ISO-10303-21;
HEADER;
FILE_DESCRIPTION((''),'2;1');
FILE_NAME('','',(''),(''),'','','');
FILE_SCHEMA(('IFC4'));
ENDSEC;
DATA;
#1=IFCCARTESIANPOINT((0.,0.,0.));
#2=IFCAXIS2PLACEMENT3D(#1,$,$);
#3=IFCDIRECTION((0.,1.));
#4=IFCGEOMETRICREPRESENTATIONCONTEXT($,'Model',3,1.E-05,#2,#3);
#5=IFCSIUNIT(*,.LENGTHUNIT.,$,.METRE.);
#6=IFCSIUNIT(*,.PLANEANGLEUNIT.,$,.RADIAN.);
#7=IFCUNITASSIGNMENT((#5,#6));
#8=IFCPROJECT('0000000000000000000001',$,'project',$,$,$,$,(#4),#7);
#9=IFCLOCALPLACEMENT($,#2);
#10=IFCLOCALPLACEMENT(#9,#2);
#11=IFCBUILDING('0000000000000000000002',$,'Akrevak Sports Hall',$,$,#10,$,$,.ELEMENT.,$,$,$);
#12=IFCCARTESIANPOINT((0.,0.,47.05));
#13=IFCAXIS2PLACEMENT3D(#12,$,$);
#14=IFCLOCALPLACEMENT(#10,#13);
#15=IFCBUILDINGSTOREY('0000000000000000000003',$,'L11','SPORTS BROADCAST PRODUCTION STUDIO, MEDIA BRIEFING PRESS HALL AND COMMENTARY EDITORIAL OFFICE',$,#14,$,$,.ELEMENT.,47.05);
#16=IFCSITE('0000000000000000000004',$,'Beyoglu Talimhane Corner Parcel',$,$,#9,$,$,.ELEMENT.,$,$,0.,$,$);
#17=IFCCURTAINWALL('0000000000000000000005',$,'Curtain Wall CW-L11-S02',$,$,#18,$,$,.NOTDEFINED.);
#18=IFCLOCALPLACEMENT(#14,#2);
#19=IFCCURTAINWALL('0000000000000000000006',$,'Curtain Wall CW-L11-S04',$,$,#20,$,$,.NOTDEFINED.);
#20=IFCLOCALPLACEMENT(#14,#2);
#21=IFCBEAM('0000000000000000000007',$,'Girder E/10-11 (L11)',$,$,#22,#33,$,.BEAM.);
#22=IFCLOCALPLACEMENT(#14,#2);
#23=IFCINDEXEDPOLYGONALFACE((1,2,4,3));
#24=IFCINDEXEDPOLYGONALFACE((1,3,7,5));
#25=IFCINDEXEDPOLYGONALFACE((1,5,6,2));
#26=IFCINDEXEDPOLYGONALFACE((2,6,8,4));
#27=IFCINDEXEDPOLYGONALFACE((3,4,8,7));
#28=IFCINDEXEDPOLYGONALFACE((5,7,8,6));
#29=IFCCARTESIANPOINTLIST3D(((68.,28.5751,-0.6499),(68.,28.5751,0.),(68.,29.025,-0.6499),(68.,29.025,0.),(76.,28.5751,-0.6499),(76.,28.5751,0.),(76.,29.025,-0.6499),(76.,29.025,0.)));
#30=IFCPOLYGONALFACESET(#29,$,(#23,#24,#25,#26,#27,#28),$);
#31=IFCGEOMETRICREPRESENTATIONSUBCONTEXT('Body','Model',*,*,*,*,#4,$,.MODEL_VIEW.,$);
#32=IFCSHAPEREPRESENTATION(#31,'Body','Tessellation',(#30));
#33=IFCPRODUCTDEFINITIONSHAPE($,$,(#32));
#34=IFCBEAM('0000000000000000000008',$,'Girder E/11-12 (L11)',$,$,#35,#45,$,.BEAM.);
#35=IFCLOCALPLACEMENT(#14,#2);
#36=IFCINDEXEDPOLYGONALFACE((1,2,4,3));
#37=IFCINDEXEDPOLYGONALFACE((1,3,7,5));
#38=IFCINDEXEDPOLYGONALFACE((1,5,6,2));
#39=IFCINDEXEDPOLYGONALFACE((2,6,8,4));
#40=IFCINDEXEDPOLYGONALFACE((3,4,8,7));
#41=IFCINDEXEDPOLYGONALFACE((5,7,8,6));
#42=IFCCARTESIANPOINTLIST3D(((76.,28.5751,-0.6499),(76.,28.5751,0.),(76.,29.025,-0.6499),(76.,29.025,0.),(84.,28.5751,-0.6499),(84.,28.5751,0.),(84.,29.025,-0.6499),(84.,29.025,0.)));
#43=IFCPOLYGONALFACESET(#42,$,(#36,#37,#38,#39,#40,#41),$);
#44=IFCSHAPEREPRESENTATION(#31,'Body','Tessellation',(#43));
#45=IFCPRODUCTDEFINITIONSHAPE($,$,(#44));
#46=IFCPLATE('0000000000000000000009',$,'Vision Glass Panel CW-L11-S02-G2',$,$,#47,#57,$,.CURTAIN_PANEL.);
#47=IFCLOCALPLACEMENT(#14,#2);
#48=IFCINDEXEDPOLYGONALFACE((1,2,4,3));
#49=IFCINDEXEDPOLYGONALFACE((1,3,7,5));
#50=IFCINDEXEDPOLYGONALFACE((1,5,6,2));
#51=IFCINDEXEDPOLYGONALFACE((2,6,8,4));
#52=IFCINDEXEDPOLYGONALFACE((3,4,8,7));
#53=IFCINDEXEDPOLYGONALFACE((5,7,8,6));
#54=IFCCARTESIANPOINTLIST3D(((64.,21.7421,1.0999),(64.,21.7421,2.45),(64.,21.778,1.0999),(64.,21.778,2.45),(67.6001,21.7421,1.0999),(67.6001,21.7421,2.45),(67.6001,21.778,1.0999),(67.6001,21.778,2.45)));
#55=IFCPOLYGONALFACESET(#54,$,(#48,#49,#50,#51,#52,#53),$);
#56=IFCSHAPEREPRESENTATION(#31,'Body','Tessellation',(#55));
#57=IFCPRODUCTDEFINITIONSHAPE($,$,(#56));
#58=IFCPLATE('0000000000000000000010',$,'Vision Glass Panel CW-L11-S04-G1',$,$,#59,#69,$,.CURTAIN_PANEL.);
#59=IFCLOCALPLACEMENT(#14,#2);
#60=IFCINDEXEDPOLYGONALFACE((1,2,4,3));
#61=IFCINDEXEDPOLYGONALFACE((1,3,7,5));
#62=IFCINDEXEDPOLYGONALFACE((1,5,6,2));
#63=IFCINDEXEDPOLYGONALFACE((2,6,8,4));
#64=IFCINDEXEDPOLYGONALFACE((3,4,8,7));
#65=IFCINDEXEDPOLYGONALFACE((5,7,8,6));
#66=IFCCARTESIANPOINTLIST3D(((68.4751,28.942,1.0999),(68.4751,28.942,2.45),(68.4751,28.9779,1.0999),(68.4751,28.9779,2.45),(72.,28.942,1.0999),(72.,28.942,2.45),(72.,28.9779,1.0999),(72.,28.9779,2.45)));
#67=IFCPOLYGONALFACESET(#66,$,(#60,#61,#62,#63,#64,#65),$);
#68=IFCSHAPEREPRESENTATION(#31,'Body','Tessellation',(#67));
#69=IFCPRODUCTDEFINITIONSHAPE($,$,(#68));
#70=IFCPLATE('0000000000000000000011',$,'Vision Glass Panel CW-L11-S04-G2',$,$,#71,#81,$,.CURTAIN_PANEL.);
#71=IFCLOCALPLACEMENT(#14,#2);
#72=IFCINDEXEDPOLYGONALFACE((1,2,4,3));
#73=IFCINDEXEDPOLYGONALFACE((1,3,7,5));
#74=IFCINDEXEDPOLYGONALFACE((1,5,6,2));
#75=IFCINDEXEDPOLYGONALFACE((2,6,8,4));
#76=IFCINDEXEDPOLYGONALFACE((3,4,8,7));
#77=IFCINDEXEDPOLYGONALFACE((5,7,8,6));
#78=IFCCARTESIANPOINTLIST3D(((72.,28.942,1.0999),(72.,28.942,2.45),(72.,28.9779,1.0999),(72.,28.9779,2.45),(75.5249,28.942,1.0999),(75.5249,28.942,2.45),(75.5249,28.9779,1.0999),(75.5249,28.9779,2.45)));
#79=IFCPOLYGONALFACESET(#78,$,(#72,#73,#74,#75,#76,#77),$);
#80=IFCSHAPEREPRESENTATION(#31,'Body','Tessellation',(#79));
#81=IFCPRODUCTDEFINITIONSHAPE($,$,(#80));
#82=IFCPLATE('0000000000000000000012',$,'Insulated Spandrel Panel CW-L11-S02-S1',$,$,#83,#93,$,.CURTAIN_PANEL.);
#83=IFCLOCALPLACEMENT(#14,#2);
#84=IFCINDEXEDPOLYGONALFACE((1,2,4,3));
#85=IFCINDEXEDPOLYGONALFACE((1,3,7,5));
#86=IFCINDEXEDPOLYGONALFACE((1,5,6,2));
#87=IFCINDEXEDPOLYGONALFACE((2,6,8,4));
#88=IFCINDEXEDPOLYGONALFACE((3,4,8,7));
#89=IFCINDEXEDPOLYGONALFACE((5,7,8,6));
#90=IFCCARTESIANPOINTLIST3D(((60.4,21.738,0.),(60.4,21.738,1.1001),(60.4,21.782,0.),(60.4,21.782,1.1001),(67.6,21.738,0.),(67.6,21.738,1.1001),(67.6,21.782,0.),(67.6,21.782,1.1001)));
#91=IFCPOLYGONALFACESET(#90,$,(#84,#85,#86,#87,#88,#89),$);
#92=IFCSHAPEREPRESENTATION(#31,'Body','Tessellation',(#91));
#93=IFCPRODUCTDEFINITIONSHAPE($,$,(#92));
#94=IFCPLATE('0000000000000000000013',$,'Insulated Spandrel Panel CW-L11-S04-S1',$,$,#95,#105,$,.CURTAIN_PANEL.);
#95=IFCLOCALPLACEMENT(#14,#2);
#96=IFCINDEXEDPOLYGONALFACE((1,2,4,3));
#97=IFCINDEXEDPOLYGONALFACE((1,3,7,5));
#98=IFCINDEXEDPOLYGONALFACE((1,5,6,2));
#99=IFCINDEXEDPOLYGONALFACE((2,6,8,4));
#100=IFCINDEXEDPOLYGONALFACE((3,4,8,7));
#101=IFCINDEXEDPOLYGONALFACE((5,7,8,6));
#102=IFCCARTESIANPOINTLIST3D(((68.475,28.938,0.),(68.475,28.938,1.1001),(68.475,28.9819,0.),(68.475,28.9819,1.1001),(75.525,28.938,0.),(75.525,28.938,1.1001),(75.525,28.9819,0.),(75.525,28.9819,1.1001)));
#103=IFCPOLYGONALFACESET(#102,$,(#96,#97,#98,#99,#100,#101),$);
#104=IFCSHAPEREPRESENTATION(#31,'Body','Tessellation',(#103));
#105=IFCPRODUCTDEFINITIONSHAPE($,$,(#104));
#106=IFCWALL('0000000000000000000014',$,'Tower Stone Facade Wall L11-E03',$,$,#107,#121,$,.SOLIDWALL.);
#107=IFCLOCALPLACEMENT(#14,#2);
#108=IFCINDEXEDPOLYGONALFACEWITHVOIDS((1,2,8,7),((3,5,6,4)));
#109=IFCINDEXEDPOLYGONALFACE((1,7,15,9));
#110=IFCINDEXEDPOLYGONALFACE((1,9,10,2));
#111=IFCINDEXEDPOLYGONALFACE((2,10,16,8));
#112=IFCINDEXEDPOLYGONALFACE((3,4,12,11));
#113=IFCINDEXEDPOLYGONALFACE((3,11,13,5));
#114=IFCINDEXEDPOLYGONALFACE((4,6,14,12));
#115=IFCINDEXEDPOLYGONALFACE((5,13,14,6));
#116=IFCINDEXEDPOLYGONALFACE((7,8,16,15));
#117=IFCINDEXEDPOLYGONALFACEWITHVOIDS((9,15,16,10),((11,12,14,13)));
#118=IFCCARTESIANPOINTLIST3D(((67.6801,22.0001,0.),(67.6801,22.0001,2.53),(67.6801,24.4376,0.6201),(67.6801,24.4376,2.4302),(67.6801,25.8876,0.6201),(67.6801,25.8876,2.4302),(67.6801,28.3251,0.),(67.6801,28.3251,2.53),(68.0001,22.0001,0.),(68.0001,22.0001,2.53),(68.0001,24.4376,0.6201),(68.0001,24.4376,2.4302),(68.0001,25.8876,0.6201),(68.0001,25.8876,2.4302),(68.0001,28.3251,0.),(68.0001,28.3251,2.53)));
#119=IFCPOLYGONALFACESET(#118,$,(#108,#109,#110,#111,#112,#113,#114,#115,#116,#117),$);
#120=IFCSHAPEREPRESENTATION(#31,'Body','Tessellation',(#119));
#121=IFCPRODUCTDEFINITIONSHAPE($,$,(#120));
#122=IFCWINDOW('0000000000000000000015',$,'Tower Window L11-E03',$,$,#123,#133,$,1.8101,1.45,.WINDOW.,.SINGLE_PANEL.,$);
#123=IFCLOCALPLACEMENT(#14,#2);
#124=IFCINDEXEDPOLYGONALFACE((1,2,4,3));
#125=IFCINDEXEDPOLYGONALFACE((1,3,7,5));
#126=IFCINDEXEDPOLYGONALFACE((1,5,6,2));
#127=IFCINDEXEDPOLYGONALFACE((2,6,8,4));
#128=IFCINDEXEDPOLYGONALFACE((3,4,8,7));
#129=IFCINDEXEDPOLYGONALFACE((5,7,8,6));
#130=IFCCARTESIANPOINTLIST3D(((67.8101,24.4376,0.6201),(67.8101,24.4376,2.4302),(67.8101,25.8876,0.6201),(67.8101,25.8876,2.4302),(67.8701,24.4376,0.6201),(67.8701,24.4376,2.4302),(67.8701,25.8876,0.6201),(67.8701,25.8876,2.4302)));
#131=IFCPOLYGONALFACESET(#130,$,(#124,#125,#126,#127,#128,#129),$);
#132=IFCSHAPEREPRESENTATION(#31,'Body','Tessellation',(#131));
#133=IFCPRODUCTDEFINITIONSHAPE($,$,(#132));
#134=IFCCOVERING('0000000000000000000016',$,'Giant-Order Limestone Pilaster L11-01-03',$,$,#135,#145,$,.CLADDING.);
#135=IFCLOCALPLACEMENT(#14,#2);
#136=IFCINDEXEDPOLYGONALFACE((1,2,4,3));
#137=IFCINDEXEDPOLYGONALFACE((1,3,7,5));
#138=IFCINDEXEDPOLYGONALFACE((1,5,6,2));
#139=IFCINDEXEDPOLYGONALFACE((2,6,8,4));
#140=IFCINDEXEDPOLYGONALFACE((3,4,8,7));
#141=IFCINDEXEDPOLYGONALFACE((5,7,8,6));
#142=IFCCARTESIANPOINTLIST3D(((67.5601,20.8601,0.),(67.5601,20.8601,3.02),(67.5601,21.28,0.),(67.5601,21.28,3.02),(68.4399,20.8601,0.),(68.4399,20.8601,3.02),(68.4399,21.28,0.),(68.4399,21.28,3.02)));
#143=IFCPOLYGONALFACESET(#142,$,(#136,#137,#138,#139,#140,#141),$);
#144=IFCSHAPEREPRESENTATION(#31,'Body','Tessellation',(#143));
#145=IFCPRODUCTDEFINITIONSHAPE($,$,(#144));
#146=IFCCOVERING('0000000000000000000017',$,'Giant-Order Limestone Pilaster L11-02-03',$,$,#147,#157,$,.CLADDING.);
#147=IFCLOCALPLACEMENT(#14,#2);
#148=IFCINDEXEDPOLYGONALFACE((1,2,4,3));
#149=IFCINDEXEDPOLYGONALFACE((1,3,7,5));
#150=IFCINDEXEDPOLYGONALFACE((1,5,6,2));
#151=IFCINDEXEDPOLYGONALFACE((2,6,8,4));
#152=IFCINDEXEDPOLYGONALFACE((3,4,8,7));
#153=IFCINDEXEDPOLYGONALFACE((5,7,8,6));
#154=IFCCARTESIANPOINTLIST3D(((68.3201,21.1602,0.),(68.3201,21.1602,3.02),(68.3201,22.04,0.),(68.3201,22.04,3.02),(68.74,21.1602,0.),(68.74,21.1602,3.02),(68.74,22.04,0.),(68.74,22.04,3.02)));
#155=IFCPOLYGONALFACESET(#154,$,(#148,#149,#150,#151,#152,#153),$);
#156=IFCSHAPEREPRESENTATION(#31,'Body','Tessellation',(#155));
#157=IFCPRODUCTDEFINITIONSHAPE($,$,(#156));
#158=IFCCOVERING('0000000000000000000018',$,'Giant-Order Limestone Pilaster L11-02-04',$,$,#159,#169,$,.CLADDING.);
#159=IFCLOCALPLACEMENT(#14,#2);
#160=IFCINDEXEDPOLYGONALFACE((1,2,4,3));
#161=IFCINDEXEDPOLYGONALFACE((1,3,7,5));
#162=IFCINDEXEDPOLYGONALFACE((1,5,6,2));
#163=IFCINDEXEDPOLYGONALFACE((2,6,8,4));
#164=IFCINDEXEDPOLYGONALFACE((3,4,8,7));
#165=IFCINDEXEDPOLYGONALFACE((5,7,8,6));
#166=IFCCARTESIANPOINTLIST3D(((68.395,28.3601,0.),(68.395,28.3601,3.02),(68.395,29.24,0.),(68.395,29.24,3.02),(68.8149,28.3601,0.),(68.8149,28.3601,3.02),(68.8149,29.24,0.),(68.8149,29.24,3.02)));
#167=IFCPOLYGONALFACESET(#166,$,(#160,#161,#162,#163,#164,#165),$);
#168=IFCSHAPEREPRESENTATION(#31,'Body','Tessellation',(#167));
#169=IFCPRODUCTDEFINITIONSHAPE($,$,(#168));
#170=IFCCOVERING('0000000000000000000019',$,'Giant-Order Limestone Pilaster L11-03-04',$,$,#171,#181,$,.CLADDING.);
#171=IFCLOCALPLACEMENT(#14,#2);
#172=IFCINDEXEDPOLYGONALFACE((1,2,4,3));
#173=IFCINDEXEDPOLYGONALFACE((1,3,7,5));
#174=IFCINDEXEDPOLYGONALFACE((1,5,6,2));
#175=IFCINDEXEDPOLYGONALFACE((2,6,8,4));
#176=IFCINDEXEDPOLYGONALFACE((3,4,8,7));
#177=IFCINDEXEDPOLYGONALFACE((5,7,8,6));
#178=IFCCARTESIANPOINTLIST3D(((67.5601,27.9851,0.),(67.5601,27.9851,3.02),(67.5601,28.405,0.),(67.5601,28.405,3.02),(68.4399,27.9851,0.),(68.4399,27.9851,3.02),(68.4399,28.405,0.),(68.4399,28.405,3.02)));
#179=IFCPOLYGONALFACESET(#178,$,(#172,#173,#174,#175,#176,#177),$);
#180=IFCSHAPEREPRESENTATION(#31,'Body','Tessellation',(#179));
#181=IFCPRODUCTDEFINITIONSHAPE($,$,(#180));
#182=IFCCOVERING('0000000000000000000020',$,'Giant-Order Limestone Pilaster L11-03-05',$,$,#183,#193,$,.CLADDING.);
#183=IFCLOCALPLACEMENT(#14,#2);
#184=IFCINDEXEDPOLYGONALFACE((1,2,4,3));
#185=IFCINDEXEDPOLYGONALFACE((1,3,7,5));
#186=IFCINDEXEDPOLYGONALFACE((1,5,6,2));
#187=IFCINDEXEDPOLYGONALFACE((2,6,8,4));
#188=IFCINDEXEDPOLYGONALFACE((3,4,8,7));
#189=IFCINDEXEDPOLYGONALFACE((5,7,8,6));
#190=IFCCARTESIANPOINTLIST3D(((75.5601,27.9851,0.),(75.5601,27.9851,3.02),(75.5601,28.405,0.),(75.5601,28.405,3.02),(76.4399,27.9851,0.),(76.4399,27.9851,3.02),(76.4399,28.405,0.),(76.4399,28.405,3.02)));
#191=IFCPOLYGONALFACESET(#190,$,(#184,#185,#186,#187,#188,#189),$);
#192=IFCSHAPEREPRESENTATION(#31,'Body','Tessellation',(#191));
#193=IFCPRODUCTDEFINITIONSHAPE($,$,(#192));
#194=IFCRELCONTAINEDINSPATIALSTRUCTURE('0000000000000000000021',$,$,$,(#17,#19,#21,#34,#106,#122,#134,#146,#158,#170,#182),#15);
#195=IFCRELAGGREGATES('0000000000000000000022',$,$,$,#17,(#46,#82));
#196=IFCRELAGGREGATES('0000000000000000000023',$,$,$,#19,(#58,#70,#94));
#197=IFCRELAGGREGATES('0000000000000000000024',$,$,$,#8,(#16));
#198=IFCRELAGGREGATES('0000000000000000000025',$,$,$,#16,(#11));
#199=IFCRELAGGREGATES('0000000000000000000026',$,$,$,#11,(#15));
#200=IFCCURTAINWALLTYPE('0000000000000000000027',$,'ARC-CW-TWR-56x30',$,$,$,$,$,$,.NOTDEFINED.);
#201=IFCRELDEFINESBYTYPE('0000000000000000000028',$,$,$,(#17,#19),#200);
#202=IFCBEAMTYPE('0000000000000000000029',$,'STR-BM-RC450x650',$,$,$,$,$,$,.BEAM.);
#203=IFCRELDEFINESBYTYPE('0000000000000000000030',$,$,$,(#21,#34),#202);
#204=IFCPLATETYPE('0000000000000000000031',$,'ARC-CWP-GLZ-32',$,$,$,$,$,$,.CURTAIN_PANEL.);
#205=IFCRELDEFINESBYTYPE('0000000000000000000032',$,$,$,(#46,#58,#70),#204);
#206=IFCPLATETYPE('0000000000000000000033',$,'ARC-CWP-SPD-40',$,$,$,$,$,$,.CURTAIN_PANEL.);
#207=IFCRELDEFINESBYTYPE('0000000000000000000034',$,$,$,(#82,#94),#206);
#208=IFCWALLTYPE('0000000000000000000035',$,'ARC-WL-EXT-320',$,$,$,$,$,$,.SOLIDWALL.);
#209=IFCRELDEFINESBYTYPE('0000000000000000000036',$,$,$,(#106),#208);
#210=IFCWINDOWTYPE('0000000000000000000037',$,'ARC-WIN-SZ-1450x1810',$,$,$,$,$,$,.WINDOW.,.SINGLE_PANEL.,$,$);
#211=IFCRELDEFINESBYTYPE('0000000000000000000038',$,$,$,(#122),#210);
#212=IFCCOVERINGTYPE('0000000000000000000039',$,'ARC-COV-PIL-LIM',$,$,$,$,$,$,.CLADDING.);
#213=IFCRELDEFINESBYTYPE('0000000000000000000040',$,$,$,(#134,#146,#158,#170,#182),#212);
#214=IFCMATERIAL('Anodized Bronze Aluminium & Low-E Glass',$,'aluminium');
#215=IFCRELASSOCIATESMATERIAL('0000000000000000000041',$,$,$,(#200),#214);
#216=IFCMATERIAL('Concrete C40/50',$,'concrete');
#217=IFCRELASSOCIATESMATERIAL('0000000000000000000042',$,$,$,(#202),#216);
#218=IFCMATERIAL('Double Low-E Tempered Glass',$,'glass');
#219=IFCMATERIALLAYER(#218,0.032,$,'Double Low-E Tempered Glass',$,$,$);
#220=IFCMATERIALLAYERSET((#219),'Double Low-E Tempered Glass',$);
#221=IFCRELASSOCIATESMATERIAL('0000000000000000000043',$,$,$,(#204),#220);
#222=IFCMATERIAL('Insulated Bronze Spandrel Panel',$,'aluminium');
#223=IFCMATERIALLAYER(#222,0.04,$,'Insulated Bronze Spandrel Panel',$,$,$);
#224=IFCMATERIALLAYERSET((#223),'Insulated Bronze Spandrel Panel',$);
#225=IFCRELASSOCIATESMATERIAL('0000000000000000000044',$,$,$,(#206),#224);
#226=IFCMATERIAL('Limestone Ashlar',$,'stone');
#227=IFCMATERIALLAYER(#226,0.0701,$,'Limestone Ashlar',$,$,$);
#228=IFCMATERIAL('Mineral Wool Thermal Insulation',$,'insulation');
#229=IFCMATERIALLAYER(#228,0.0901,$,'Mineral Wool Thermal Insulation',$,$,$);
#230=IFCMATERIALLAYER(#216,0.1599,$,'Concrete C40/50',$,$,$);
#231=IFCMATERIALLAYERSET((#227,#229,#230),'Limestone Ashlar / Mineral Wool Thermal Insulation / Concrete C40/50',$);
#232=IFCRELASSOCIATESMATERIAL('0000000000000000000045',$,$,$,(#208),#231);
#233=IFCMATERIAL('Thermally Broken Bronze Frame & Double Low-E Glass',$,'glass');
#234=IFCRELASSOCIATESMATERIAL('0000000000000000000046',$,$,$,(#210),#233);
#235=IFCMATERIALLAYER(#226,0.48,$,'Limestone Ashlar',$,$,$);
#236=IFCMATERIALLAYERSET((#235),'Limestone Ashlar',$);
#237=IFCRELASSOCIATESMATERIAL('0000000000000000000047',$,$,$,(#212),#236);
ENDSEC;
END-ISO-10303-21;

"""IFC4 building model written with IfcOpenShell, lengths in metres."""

from ifc_helpers import new_model, si_unit, direction, frame, frame_2d, origin, origin_2d, place, context, subcontext, project, spatial, rectangle, extrude, material, layer, layer_set, material_profile, profile_set, type_object, element, fill, aggregate, save


model = new_model("IFC4")

# Units and contexts
model_context = context("Model", 3, precision=1e-05, world=origin(), true_north=direction((0.0, 1.0)))
body_context = subcontext(model_context, "Body", "Model", "MODEL_VIEW")
ifc_project = project(units=[si_unit("LENGTHUNIT", "METRE"), si_unit("PLANEANGLEUNIT", "RADIAN")], contexts=[model_context])

# Site, building, storey
site_placement = place(None, origin())
site = spatial("IfcSite", under=ifc_project, at=site_placement, Name="Beyoglu Talimhane Corner Parcel", CompositionType="ELEMENT", RefElevation=0.0)
building_placement = place(site_placement, origin())
building = spatial("IfcBuilding", under=site, at=building_placement, Name="Akrevak Sports Hall", CompositionType="ELEMENT")
storey_placement = place(building_placement, frame((0.0, 0.0, 47.05)))
storey = spatial("IfcBuildingStorey", under=building, at=storey_placement, Name="L11", Description="SPORTS BROADCAST PRODUCTION STUDIO, MEDIA BRIEFING PRESS HALL AND COMMENTARY EDITORIAL OFFICE", CompositionType="ELEMENT", Elevation=47.05)

# Shared definitions
ifc_material_1 = material(Name="Concrete C40/50", Category="concrete")

# Curtain walls
ifc_material_2 = material(Name="Anodized Bronze Aluminium & Low-E Glass", Category="aluminium")
curtain_wall_type = type_object("IfcCurtainWallType", Name="ARC-CW-TWR-56x30", PredefinedType="NOTDEFINED", material=ifc_material_2)
curtain_wall_1_placement = place(storey_placement, origin())
curtain_wall_1 = element("IfcCurtainWall", 1, at=curtain_wall_1_placement, inside=storey, type_object=curtain_wall_type, Name="Curtain Wall CW-L11-S02", PredefinedType="NOTDEFINED")
curtain_wall_2_placement = place(storey_placement, origin())
curtain_wall_2 = element("IfcCurtainWall", 2, at=curtain_wall_2_placement, inside=storey, type_object=curtain_wall_type, Name="Curtain Wall CW-L11-S04", PredefinedType="NOTDEFINED")

# Beams
ifc_material_profile_1 = material_profile(ifc_material_1, rectangle(XDim=0.45, YDim=0.6499, at=origin_2d()), Name="BM 450x650", Category="concrete")
ifc_profile_set_1 = profile_set([ifc_material_profile_1], Name="Concrete C40/50")
beam_type_1 = type_object("IfcBeamType", Name="STR-BM-RC450x650", PredefinedType="BEAM", material=ifc_profile_set_1)
for number, where, z_axis, x_axis, name in (
    (3, (68.0, 28.8, -0.325), (1.0, 0.0, 0.0), (0.0, 1.0, 0.0), "Girder E/10-11 (L11)"),
    (4, (76.0, 28.8, -0.325), (1.0, 0.0, 0.0), (0.0, 1.0, 0.0), "Girder E/11-12 (L11)"),
):
    element("IfcBeam", number, at=place(storey_placement, frame(where, z_axis=z_axis, x_axis=x_axis)), inside=storey, type_object=beam_type_1, Name=name, PredefinedType="BEAM", context=body_context, shape_type="SweptSolid", body=[
        extrude(rectangle(XDim=0.45, YDim=0.6499, at=origin_2d()), origin(), (0.0, 0.0, 1.0), 8.0),
    ])

# Plates
ifc_material_3 = material(Name="Double Low-E Tempered Glass", Category="glass")
ifc_layer_1 = layer(ifc_material_3, 0.032, Name="Double Low-E Tempered Glass")
ifc_layer_set_1 = layer_set([ifc_layer_1], Name="Double Low-E Tempered Glass")
plate_type_1 = type_object("IfcPlateType", Name="ARC-CWP-GLZ-32", PredefinedType="CURTAIN_PANEL", material=ifc_layer_set_1)
plate_1_placement = place(storey_placement, frame((65.8, 21.76, 1.0999), z_axis=(0.0, 0.0, 1.0), x_axis=(1.0, 0.0, 0.0)))
plate_1 = element("IfcPlate", 5, at=plate_1_placement, type_object=plate_type_1, Name="Vision Glass Panel CW-L11-S02-G2", PredefinedType="CURTAIN_PANEL", context=body_context, shape_type="SweptSolid", body=[
    extrude(rectangle(XDim=3.6001, YDim=0.0359, at=origin_2d()), origin(), (0.0, 0.0, 1.0), 1.3501),
])
plate_2_placement = place(storey_placement, frame((70.2375, 28.96, 1.0999), z_axis=(0.0, 0.0, 1.0), x_axis=(1.0, 0.0, 0.0)))
plate_2 = element("IfcPlate", 6, at=plate_2_placement, type_object=plate_type_1, Name="Vision Glass Panel CW-L11-S04-G1", PredefinedType="CURTAIN_PANEL", context=body_context, shape_type="SweptSolid", body=[
    extrude(rectangle(XDim=3.5249, YDim=0.0359, at=origin_2d()), origin(), (0.0, 0.0, 1.0), 1.3501),
])
plate_3_placement = place(storey_placement, frame((73.7625, 28.96, 1.0999), z_axis=(0.0, 0.0, 1.0), x_axis=(1.0, 0.0, 0.0)))
plate_3 = element("IfcPlate", 7, at=plate_3_placement, type_object=plate_type_1, Name="Vision Glass Panel CW-L11-S04-G2", PredefinedType="CURTAIN_PANEL", context=body_context, shape_type="SweptSolid", body=[
    extrude(rectangle(XDim=3.5249, YDim=0.0359, at=origin_2d()), origin(), (0.0, 0.0, 1.0), 1.3501),
])
ifc_material_4 = material(Name="Insulated Bronze Spandrel Panel", Category="aluminium")
ifc_layer_2 = layer(ifc_material_4, 0.04, Name="Insulated Bronze Spandrel Panel")
ifc_layer_set_2 = layer_set([ifc_layer_2], Name="Insulated Bronze Spandrel Panel")
plate_type_2 = type_object("IfcPlateType", Name="ARC-CWP-SPD-40", PredefinedType="CURTAIN_PANEL", material=ifc_layer_set_2)
plate_4_placement = place(storey_placement, frame((64.0, 21.76, 0.0), z_axis=(0.0, 0.0, 1.0), x_axis=(1.0, 0.0, 0.0)))
plate_4 = element("IfcPlate", 8, at=plate_4_placement, type_object=plate_type_2, Name="Insulated Spandrel Panel CW-L11-S02-S1", PredefinedType="CURTAIN_PANEL", context=body_context, shape_type="SweptSolid", body=[
    extrude(rectangle(XDim=7.2, YDim=0.0439, at=origin_2d()), origin(), (0.0, 0.0, 1.0), 1.1001),
])
aggregate(curtain_wall_1, [plate_1, plate_4])
plate_5_placement = place(storey_placement, frame((72.0, 28.96, 0.0), z_axis=(0.0, 0.0, 1.0), x_axis=(1.0, 0.0, 0.0)))
plate_5 = element("IfcPlate", 9, at=plate_5_placement, type_object=plate_type_2, Name="Insulated Spandrel Panel CW-L11-S04-S1", PredefinedType="CURTAIN_PANEL", context=body_context, shape_type="SweptSolid", body=[
    extrude(rectangle(XDim=7.05, YDim=0.0439, at=origin_2d()), origin(), (0.0, 0.0, 1.0), 1.1001),
])
aggregate(curtain_wall_2, [plate_2, plate_3, plate_5])

# Wall, opening, window
ifc_material_5 = material(Name="Limestone Ashlar", Category="stone")
ifc_layer_3 = layer(ifc_material_5, 0.0701, Name="Limestone Ashlar")
ifc_material_6 = material(Name="Mineral Wool Thermal Insulation", Category="insulation")
ifc_layer_4 = layer(ifc_material_6, 0.0901, Name="Mineral Wool Thermal Insulation")
ifc_layer_5 = layer(ifc_material_1, 0.1599, Name="Concrete C40/50")
ifc_layer_set_3 = layer_set([ifc_layer_3, ifc_layer_4, ifc_layer_5], Name="Limestone Ashlar / Mineral Wool Thermal Insulation / Concrete C40/50")
wall_type = type_object("IfcWallType", Name="ARC-WL-EXT-320", PredefinedType="SOLIDWALL", material=ifc_layer_set_3)
wall_placement = place(storey_placement, frame((67.8401, 22.0, 0.0), z_axis=(0.0, 0.0, 1.0), x_axis=(0.0, 1.0, 0.0)))
wall = element("IfcWall", 10, at=wall_placement, inside=storey, type_object=wall_type, Name="Tower Stone Facade Wall L11-E03", PredefinedType="SOLIDWALL", context=body_context, shape_type="SweptSolid", body=[
    extrude(rectangle(XDim=6.325, YDim=0.3201, at=frame_2d((3.1626, 0.0))), origin(), (0.0, 0.0, 1.0), 2.53),
])
opening_placement = place(wall_placement, frame((2.4375, 0.0, 0.6201)))
opening = element("IfcOpeningElement", 11, at=opening_placement, cuts=wall, PredefinedType="OPENING", context=body_context, shape_type="SweptSolid", body=[
    extrude(rectangle(XDim=1.45, YDim=1.8101, at=frame_2d((0.7251, 0.905))), frame((0.0, 0.1719, 0.0), z_axis=(0.0, -1.0, 0.0), x_axis=(1.0, 0.0, 0.0)), (0.0, 0.0, 1.0), 0.344),
])
ifc_material_7 = material(Name="Thermally Broken Bronze Frame & Double Low-E Glass", Category="glass")
window_type = type_object("IfcWindowType", Name="ARC-WIN-SZ-1450x1810", PartitioningType="SINGLE_PANEL", PredefinedType="WINDOW", material=ifc_material_7)
window_placement = place(opening_placement, origin())
window = element("IfcWindow", 12, at=window_placement, inside=storey, type_object=window_type, Name="Tower Window L11-E03", OverallHeight=1.8101, OverallWidth=1.45, PartitioningType="SINGLE_PANEL", PredefinedType="WINDOW", context=body_context, shape_type="SweptSolid", body=[
    extrude(rectangle(XDim=1.45, YDim=1.8101, at=frame_2d((0.7251, 0.905))), frame((0.0, 0.03, 0.0), z_axis=(0.0, -1.0, 0.0), x_axis=(1.0, 0.0, 0.0)), (0.0, 0.0, 1.0), 0.0601),
])
fill(opening, window)

# Coverings
ifc_layer_6 = layer(ifc_material_5, 0.48, Name="Limestone Ashlar")
ifc_layer_set_4 = layer_set([ifc_layer_6], Name="Limestone Ashlar")
covering_type = type_object("IfcCoveringType", Name="ARC-COV-PIL-LIM", PredefinedType="CLADDING", material=ifc_layer_set_4)
for number, where, z_axis, x_axis, name in (
    (13, (68.0, 21.0701, 0.0), (0.0, 0.0, 1.0), (1.0, 0.0, 0.0), "Giant-Order Limestone Pilaster L11-01-03"),
    (14, (68.53, 21.6001, 0.0), (0.0, 0.0, 1.0), (0.0, 1.0, 0.0), "Giant-Order Limestone Pilaster L11-02-03"),
    (15, (68.605, 28.8, 0.0), (0.0, 0.0, 1.0), (0.0, 1.0, 0.0), "Giant-Order Limestone Pilaster L11-02-04"),
    (16, (68.0, 28.1951, 0.0), (0.0, 0.0, 1.0), (1.0, 0.0, 0.0), "Giant-Order Limestone Pilaster L11-03-04"),
    (17, (76.0, 28.1951, 0.0), (0.0, 0.0, 1.0), (1.0, 0.0, 0.0), "Giant-Order Limestone Pilaster L11-03-05"),
):
    element("IfcCovering", number, at=place(storey_placement, frame(where, z_axis=z_axis, x_axis=x_axis)), inside=storey, type_object=covering_type, Name=name, PredefinedType="CLADDING", context=body_context, shape_type="SweptSolid", body=[
        extrude(rectangle(XDim=0.8799, YDim=0.4199, at=origin_2d()), origin(), (0.0, 0.0, 1.0), 3.02),
    ])

save(model, "model.ifc")
